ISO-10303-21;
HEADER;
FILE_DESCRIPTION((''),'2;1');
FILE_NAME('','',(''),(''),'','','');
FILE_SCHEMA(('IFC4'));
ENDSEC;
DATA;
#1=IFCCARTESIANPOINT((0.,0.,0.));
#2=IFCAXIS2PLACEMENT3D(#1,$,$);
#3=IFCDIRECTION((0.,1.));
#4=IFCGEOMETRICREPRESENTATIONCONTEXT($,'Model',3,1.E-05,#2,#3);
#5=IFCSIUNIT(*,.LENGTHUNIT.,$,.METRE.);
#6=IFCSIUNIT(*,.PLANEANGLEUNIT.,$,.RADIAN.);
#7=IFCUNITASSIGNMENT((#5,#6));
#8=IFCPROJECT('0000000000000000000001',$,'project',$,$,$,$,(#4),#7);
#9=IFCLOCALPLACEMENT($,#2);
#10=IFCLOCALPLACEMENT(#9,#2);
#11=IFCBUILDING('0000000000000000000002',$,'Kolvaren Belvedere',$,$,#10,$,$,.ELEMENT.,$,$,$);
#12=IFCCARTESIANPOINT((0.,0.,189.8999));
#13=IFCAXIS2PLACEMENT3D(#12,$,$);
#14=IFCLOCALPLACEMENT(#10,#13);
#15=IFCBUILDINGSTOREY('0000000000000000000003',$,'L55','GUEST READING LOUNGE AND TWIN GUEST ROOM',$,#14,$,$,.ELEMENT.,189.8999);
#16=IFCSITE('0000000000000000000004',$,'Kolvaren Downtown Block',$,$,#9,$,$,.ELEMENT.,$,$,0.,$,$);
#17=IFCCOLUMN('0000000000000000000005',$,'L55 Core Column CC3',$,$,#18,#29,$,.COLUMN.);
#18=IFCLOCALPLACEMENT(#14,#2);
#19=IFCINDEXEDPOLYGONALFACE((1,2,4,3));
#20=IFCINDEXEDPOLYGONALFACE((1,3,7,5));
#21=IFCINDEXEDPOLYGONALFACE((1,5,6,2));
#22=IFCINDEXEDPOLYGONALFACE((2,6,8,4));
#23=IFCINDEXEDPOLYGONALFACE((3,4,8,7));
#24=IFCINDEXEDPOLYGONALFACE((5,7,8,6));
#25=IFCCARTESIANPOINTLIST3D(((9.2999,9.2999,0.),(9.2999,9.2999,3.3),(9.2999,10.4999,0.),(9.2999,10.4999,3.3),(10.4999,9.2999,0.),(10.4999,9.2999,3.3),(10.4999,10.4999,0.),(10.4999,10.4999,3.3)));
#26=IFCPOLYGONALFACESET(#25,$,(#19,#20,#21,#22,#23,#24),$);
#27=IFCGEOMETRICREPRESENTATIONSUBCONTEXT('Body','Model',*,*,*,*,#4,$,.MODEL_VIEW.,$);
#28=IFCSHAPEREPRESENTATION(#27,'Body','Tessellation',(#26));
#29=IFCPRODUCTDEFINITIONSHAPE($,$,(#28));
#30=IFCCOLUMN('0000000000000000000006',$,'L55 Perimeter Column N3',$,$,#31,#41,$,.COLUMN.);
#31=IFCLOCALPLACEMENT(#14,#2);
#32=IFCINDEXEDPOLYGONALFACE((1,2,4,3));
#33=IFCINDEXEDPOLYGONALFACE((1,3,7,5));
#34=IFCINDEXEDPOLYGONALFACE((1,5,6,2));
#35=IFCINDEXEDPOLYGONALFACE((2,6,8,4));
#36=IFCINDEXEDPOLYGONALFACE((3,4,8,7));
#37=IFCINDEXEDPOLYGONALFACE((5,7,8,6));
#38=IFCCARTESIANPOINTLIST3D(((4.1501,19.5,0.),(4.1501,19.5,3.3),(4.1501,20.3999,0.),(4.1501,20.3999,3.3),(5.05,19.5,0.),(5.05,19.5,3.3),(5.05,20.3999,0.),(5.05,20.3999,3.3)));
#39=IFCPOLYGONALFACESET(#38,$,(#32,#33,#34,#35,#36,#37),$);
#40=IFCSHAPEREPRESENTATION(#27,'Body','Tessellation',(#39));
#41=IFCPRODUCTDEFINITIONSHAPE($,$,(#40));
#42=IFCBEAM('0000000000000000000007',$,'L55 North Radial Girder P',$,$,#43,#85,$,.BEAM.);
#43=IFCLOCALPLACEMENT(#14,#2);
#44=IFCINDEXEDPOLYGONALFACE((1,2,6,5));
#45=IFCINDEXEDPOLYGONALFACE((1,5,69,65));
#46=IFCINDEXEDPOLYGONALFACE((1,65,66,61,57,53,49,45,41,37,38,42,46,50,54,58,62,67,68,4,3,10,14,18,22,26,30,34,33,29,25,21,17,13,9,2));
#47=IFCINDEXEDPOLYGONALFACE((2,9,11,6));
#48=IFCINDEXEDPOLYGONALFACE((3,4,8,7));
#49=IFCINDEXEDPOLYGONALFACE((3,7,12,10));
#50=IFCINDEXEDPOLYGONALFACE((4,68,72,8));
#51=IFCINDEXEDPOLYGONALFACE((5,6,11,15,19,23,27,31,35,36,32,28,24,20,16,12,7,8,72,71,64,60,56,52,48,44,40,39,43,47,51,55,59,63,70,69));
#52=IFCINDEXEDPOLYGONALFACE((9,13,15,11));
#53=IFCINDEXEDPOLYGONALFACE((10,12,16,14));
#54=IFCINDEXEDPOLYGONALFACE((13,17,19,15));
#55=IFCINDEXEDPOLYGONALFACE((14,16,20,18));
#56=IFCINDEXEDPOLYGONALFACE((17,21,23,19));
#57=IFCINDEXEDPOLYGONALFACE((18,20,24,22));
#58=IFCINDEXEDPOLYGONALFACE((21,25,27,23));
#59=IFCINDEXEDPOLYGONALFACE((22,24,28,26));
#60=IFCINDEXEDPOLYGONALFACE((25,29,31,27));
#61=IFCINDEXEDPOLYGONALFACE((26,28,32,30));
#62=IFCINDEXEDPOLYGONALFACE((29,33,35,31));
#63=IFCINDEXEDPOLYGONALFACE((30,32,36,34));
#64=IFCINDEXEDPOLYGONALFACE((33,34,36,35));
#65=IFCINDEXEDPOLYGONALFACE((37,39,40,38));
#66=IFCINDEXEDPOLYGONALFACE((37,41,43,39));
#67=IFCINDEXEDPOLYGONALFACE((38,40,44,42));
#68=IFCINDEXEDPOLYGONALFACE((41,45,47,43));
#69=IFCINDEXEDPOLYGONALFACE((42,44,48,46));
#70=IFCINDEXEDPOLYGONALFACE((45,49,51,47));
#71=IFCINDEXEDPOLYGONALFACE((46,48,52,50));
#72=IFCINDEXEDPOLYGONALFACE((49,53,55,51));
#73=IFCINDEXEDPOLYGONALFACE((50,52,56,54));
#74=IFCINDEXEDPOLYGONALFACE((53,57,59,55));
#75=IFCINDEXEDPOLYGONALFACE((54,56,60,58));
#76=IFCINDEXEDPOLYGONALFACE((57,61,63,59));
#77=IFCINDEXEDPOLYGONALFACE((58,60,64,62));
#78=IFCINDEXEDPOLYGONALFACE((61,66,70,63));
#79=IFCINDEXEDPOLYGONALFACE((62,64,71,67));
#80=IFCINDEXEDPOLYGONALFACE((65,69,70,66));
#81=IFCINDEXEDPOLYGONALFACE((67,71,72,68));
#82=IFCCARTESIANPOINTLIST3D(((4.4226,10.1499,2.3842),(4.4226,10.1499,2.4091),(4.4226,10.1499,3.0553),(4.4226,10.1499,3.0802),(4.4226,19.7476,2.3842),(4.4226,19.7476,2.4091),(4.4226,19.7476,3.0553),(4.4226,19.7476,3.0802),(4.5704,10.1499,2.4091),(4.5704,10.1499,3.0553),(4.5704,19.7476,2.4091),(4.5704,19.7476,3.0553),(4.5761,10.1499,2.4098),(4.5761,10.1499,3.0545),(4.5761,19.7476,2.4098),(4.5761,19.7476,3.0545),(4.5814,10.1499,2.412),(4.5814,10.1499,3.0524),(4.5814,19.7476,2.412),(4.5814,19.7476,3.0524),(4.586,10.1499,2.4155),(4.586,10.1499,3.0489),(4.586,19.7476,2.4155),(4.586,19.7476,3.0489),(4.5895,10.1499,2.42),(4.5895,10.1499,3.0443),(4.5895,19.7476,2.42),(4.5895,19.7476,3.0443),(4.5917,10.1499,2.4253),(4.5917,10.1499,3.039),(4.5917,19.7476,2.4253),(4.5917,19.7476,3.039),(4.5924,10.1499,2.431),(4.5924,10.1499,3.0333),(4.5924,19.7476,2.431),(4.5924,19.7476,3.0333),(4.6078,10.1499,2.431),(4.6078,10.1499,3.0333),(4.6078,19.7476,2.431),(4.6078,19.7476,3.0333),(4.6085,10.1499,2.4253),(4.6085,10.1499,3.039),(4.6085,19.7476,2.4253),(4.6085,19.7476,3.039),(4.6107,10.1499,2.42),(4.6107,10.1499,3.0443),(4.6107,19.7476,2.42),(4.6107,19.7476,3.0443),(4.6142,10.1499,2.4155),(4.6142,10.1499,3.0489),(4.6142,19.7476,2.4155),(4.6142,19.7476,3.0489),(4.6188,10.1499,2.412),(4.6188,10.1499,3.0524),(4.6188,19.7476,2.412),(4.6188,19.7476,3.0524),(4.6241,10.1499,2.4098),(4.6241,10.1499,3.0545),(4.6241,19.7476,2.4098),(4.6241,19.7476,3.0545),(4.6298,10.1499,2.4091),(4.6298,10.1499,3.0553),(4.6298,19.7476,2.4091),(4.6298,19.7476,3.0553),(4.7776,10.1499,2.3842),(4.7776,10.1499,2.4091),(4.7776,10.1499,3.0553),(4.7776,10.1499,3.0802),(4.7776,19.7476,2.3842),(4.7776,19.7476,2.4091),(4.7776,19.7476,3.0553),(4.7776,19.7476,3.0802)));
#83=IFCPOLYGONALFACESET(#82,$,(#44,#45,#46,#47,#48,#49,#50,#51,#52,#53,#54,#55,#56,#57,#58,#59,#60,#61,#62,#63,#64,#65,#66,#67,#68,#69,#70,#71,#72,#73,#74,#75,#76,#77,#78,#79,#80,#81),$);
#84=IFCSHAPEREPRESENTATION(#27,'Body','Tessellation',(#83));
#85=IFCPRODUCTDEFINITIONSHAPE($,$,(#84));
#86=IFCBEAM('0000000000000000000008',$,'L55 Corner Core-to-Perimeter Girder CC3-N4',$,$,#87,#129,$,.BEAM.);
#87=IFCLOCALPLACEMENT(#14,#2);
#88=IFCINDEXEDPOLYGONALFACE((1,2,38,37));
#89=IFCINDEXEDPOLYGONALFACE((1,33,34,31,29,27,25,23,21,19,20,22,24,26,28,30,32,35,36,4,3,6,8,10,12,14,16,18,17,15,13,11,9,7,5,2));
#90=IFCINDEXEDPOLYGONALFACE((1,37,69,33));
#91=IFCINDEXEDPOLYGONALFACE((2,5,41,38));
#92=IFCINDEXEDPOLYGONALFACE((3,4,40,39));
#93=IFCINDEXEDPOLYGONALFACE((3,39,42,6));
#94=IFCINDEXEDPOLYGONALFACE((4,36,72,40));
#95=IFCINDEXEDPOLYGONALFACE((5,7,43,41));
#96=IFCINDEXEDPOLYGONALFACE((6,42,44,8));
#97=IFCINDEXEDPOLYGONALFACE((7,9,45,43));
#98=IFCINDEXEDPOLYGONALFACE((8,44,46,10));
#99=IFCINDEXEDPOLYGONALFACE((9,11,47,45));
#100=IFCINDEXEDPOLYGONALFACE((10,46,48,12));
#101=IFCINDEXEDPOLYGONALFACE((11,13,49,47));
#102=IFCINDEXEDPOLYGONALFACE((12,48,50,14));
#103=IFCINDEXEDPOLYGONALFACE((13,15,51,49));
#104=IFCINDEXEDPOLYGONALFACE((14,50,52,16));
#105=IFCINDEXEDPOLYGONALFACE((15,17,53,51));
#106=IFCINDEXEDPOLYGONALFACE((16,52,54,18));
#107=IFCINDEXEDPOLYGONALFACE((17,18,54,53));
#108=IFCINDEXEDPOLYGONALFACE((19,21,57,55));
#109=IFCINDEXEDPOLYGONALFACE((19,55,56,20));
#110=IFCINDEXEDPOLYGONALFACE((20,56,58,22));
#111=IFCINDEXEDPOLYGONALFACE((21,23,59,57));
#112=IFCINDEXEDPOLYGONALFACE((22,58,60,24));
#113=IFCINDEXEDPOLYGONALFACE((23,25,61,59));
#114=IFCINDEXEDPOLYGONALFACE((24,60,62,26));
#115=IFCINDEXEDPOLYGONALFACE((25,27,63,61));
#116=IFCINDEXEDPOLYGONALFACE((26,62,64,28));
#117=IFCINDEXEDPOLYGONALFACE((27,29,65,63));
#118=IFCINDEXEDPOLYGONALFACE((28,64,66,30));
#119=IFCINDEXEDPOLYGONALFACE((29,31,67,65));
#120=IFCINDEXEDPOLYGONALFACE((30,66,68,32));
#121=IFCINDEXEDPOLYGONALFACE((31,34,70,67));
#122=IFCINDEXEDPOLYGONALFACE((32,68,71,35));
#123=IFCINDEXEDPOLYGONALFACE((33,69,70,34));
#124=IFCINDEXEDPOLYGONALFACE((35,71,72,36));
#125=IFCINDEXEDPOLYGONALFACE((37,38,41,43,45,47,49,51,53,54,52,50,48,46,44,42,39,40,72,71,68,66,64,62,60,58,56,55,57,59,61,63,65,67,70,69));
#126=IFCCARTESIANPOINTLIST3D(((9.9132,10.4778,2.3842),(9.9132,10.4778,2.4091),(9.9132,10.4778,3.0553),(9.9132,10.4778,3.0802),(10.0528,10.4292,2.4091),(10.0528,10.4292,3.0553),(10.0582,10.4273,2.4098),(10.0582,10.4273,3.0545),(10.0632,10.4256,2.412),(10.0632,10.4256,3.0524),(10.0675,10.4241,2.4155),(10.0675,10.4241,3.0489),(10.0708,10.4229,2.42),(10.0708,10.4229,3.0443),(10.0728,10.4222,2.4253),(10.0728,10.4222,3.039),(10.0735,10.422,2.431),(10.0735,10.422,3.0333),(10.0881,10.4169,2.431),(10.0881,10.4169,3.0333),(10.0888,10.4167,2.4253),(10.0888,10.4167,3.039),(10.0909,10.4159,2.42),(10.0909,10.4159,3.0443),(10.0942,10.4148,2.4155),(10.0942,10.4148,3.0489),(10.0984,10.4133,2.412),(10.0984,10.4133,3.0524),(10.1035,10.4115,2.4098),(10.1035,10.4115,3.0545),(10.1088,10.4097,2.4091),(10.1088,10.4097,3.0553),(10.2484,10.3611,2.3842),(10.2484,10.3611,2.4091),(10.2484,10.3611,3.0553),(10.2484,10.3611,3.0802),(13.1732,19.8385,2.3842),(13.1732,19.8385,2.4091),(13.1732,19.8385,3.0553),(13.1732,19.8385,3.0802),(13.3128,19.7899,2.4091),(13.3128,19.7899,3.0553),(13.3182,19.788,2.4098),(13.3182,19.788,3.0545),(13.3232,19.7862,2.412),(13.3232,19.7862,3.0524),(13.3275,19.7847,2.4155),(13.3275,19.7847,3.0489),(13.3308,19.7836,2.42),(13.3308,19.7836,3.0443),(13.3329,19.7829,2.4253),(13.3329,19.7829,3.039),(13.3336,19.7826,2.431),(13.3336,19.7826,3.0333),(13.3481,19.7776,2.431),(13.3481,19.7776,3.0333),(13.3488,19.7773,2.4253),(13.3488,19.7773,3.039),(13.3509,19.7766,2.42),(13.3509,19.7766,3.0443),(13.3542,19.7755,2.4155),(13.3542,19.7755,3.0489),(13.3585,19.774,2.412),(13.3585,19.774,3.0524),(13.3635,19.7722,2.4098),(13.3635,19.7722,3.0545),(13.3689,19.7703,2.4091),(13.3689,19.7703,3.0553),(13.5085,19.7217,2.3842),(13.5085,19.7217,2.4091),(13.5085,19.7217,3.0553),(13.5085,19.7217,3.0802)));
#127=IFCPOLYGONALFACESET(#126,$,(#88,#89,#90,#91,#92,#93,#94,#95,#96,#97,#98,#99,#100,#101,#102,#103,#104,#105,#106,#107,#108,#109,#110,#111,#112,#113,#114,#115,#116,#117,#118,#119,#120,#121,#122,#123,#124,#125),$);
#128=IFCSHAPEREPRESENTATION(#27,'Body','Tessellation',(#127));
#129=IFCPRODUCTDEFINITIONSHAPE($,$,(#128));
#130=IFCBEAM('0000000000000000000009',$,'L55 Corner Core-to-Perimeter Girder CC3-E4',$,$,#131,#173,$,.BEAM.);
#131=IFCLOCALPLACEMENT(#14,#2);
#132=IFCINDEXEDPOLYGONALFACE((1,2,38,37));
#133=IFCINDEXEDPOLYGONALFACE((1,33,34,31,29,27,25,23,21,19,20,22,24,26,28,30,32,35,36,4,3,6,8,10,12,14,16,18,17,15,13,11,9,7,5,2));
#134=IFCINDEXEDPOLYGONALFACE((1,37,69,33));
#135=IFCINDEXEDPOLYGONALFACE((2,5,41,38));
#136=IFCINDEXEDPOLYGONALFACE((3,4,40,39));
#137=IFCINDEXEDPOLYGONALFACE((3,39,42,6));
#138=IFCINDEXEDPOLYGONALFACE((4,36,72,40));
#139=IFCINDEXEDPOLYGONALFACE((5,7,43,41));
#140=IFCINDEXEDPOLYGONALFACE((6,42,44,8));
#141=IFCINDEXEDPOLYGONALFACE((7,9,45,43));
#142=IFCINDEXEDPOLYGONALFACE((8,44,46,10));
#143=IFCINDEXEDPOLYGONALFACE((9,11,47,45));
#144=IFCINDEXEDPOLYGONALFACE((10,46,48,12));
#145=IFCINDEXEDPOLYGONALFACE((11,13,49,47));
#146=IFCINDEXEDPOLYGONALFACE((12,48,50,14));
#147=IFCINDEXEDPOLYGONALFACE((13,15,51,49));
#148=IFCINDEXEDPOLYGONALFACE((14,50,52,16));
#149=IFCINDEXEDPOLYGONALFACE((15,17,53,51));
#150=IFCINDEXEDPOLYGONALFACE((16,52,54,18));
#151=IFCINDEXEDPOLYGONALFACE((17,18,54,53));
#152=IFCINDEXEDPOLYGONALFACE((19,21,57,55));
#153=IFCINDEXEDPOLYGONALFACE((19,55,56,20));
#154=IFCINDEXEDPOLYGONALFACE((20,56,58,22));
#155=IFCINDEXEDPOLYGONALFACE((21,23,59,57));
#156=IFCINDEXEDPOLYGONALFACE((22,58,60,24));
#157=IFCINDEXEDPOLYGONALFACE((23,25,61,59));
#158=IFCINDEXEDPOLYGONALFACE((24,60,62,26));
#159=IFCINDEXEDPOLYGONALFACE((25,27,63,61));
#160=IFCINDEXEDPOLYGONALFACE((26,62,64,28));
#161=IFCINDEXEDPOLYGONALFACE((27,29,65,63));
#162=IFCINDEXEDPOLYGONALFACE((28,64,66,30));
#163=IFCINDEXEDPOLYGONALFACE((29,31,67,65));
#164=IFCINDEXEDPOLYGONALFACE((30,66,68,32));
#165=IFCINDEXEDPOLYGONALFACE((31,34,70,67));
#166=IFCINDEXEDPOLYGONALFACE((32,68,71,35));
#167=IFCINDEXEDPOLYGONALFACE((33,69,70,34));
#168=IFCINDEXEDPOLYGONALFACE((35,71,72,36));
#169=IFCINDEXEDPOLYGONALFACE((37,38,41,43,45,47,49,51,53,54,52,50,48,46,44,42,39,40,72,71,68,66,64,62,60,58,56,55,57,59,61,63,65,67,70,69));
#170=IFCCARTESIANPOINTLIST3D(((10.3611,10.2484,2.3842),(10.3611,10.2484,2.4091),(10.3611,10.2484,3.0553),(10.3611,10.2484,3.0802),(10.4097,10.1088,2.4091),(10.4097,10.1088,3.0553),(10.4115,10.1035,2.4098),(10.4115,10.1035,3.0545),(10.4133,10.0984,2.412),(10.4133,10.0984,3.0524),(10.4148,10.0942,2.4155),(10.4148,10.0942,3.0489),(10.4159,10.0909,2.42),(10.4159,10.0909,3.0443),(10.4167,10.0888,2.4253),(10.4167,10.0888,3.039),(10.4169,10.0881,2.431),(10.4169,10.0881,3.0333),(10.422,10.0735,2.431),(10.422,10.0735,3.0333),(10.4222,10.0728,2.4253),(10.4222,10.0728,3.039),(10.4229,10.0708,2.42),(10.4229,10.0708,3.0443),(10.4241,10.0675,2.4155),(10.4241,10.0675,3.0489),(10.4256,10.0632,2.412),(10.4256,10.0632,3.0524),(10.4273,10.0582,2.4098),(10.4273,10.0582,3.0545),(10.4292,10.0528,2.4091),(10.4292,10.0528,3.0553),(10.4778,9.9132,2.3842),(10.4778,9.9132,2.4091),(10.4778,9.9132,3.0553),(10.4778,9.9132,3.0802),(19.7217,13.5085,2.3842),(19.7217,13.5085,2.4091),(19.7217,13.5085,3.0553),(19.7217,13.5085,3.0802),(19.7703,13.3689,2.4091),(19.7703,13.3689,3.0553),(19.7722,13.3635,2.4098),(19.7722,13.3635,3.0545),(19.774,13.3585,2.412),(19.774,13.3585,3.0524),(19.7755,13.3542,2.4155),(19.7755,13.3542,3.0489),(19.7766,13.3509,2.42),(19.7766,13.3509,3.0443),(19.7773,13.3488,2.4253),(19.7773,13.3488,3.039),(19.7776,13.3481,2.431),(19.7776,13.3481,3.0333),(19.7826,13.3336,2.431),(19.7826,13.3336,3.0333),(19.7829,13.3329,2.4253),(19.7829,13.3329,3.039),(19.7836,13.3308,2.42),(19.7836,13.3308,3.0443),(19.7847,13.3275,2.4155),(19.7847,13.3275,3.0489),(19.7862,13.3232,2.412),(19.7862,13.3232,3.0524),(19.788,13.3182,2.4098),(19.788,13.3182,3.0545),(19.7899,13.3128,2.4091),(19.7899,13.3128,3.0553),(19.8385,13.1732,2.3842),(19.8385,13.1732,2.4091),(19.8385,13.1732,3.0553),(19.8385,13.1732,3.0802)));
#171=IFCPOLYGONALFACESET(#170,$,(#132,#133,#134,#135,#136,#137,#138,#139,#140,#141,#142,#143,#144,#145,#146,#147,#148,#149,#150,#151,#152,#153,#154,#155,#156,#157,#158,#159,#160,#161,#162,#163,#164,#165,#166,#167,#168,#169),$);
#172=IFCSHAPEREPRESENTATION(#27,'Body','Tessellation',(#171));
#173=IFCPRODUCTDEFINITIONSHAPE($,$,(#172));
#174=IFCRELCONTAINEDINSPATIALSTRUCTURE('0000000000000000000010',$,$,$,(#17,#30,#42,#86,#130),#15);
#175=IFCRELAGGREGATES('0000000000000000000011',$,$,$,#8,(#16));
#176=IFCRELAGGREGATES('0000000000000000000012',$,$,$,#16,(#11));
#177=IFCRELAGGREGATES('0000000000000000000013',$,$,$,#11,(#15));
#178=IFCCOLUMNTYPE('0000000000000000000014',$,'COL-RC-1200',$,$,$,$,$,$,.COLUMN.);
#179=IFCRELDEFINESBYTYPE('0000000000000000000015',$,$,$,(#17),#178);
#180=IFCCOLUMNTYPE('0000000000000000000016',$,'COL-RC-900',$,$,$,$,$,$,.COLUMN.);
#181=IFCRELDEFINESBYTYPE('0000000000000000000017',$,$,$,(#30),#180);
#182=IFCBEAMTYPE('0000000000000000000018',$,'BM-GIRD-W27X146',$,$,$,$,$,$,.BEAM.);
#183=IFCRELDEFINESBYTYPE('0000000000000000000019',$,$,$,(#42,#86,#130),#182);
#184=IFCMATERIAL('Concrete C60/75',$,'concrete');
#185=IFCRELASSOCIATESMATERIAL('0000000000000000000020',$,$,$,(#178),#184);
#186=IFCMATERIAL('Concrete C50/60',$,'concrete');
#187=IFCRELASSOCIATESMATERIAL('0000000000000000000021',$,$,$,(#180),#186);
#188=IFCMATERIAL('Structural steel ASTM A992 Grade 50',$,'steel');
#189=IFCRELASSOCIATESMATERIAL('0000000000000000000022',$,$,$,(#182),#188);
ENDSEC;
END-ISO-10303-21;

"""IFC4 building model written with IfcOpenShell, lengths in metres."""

from ifc_helpers import new_model, si_unit, direction, frame, origin, origin_2d, place, context, subcontext, project, spatial, rectangle, i_section, extrude, material, material_profile, profile_set, type_object, element, save


model = new_model("IFC4")

# Units and contexts
model_context = context("Model", 3, precision=1e-05, world=origin(), true_north=direction((0.0, 1.0)))
body_context = subcontext(model_context, "Body", "Model", "MODEL_VIEW")
ifc_project = project(units=[si_unit("LENGTHUNIT", "METRE"), si_unit("PLANEANGLEUNIT", "RADIAN")], contexts=[model_context])

# Site, building, storey
site_placement = place(None, origin())
site = spatial("IfcSite", under=ifc_project, at=site_placement, Name="Kolvaren Downtown Block", CompositionType="ELEMENT", RefElevation=0.0)
building_placement = place(site_placement, origin())
building = spatial("IfcBuilding", under=site, at=building_placement, Name="Kolvaren Belvedere", CompositionType="ELEMENT")
storey_placement = place(building_placement, frame((0.0, 0.0, 189.8999)))
storey = spatial("IfcBuildingStorey", under=building, at=storey_placement, Name="L55", Description="GUEST READING LOUNGE AND TWIN GUEST ROOM", CompositionType="ELEMENT", Elevation=189.8999)

# Columns
ifc_material_1 = material(Name="Concrete C60/75", Category="concrete")
ifc_material_profile_1 = material_profile(ifc_material_1, rectangle(XDim=1.2, YDim=1.2, at=origin_2d()), Name="RC 1200X1200")
ifc_profile_set_1 = profile_set([ifc_material_profile_1], Name="Concrete C60/75")
column_type_1 = type_object("IfcColumnType", Name="COL-RC-1200", PredefinedType="COLUMN", material=ifc_profile_set_1)
column_1_placement = place(storey_placement, frame((9.8999, 9.8999, 0.0), z_axis=(0.0, 0.0, 1.0), x_axis=(1.0, 0.0, 0.0)))
element("IfcColumn", 1, at=column_1_placement, inside=storey, type_object=column_type_1, Name="L55 Core Column CC3", PredefinedType="COLUMN", context=body_context, shape_type="SweptSolid", body=[
    extrude(rectangle(XDim=1.2, YDim=1.2, at=origin_2d()), origin(), (0.0, 0.0, 1.0), 3.3),
])
ifc_material_2 = material(Name="Concrete C50/60", Category="concrete")
ifc_material_profile_2 = material_profile(ifc_material_2, rectangle(XDim=0.8999, YDim=0.8999, at=origin_2d()), Name="RC 900X900")
ifc_profile_set_2 = profile_set([ifc_material_profile_2], Name="Concrete C50/60")
column_type_2 = type_object("IfcColumnType", Name="COL-RC-900", PredefinedType="COLUMN", material=ifc_profile_set_2)
column_2_placement = place(storey_placement, frame((4.6001, 19.95, 0.0), z_axis=(0.0, 0.0, 1.0), x_axis=(1.0, 0.0, 0.0)))
element("IfcColumn", 2, at=column_2_placement, inside=storey, type_object=column_type_2, Name="L55 Perimeter Column N3", PredefinedType="COLUMN", context=body_context, shape_type="SweptSolid", body=[
    extrude(rectangle(XDim=0.8999, YDim=0.8999, at=origin_2d()), origin(), (0.0, 0.0, 1.0), 3.3),
])

# Beams
ifc_material_3 = material(Name="Structural steel ASTM A992 Grade 50", Category="steel")
ifc_material_profile_3 = material_profile(ifc_material_3, i_section(OverallWidth=0.355, OverallDepth=0.696, WebThickness=0.0154, FlangeThickness=0.0249, FilletRadius=0.022, at=origin_2d()), Name="W27X146")
ifc_profile_set_3 = profile_set([ifc_material_profile_3], Name="Structural steel ASTM A992 Grade 50")
beam_type_1 = type_object("IfcBeamType", Name="BM-GIRD-W27X146", PredefinedType="BEAM", material=ifc_profile_set_3)
beam_1_placement = place(storey_placement, frame((4.6001, 10.1499, 2.7322), z_axis=(0.0, 1.0, 0.0), x_axis=(-1.0, 0.0, 0.0)))
element("IfcBeam", 3, at=beam_1_placement, inside=storey, type_object=beam_type_1, Name="L55 North Radial Girder P", PredefinedType="BEAM", context=body_context, shape_type="SweptSolid", body=[
    extrude(i_section(OverallWidth=0.355, OverallDepth=0.696, WebThickness=0.0154, FlangeThickness=0.0249, FilletRadius=0.022, at=origin_2d()), origin(), (0.0, 0.0, 1.0), 9.5977),
])
for number, where, z_axis, x_axis, name in (
    (4, (10.0808, 10.4194, 2.7322), (0.328894, 0.944367, 0.0), (-0.944367, 0.328894, 0.0), "L55 Corner Core-to-Perimeter Girder CC3-N4"),
    (5, (10.4194, 10.0808, 2.7322), (0.944367, 0.328894, 0.0), (-0.328894, 0.944367, 0.0), "L55 Corner Core-to-Perimeter Girder CC3-E4"),
):
    element("IfcBeam", number, at=place(storey_placement, frame(where, z_axis=z_axis, x_axis=x_axis)), inside=storey, type_object=beam_type_1, Name=name, PredefinedType="BEAM", context=body_context, shape_type="SweptSolid", body=[
        extrude(i_section(OverallWidth=0.355, OverallDepth=0.696, WebThickness=0.0154, FlangeThickness=0.0249, FilletRadius=0.022, at=origin_2d()), origin(), (0.0, 0.0, 1.0), 9.9121),
    ])

save(model, "model.ifc")
